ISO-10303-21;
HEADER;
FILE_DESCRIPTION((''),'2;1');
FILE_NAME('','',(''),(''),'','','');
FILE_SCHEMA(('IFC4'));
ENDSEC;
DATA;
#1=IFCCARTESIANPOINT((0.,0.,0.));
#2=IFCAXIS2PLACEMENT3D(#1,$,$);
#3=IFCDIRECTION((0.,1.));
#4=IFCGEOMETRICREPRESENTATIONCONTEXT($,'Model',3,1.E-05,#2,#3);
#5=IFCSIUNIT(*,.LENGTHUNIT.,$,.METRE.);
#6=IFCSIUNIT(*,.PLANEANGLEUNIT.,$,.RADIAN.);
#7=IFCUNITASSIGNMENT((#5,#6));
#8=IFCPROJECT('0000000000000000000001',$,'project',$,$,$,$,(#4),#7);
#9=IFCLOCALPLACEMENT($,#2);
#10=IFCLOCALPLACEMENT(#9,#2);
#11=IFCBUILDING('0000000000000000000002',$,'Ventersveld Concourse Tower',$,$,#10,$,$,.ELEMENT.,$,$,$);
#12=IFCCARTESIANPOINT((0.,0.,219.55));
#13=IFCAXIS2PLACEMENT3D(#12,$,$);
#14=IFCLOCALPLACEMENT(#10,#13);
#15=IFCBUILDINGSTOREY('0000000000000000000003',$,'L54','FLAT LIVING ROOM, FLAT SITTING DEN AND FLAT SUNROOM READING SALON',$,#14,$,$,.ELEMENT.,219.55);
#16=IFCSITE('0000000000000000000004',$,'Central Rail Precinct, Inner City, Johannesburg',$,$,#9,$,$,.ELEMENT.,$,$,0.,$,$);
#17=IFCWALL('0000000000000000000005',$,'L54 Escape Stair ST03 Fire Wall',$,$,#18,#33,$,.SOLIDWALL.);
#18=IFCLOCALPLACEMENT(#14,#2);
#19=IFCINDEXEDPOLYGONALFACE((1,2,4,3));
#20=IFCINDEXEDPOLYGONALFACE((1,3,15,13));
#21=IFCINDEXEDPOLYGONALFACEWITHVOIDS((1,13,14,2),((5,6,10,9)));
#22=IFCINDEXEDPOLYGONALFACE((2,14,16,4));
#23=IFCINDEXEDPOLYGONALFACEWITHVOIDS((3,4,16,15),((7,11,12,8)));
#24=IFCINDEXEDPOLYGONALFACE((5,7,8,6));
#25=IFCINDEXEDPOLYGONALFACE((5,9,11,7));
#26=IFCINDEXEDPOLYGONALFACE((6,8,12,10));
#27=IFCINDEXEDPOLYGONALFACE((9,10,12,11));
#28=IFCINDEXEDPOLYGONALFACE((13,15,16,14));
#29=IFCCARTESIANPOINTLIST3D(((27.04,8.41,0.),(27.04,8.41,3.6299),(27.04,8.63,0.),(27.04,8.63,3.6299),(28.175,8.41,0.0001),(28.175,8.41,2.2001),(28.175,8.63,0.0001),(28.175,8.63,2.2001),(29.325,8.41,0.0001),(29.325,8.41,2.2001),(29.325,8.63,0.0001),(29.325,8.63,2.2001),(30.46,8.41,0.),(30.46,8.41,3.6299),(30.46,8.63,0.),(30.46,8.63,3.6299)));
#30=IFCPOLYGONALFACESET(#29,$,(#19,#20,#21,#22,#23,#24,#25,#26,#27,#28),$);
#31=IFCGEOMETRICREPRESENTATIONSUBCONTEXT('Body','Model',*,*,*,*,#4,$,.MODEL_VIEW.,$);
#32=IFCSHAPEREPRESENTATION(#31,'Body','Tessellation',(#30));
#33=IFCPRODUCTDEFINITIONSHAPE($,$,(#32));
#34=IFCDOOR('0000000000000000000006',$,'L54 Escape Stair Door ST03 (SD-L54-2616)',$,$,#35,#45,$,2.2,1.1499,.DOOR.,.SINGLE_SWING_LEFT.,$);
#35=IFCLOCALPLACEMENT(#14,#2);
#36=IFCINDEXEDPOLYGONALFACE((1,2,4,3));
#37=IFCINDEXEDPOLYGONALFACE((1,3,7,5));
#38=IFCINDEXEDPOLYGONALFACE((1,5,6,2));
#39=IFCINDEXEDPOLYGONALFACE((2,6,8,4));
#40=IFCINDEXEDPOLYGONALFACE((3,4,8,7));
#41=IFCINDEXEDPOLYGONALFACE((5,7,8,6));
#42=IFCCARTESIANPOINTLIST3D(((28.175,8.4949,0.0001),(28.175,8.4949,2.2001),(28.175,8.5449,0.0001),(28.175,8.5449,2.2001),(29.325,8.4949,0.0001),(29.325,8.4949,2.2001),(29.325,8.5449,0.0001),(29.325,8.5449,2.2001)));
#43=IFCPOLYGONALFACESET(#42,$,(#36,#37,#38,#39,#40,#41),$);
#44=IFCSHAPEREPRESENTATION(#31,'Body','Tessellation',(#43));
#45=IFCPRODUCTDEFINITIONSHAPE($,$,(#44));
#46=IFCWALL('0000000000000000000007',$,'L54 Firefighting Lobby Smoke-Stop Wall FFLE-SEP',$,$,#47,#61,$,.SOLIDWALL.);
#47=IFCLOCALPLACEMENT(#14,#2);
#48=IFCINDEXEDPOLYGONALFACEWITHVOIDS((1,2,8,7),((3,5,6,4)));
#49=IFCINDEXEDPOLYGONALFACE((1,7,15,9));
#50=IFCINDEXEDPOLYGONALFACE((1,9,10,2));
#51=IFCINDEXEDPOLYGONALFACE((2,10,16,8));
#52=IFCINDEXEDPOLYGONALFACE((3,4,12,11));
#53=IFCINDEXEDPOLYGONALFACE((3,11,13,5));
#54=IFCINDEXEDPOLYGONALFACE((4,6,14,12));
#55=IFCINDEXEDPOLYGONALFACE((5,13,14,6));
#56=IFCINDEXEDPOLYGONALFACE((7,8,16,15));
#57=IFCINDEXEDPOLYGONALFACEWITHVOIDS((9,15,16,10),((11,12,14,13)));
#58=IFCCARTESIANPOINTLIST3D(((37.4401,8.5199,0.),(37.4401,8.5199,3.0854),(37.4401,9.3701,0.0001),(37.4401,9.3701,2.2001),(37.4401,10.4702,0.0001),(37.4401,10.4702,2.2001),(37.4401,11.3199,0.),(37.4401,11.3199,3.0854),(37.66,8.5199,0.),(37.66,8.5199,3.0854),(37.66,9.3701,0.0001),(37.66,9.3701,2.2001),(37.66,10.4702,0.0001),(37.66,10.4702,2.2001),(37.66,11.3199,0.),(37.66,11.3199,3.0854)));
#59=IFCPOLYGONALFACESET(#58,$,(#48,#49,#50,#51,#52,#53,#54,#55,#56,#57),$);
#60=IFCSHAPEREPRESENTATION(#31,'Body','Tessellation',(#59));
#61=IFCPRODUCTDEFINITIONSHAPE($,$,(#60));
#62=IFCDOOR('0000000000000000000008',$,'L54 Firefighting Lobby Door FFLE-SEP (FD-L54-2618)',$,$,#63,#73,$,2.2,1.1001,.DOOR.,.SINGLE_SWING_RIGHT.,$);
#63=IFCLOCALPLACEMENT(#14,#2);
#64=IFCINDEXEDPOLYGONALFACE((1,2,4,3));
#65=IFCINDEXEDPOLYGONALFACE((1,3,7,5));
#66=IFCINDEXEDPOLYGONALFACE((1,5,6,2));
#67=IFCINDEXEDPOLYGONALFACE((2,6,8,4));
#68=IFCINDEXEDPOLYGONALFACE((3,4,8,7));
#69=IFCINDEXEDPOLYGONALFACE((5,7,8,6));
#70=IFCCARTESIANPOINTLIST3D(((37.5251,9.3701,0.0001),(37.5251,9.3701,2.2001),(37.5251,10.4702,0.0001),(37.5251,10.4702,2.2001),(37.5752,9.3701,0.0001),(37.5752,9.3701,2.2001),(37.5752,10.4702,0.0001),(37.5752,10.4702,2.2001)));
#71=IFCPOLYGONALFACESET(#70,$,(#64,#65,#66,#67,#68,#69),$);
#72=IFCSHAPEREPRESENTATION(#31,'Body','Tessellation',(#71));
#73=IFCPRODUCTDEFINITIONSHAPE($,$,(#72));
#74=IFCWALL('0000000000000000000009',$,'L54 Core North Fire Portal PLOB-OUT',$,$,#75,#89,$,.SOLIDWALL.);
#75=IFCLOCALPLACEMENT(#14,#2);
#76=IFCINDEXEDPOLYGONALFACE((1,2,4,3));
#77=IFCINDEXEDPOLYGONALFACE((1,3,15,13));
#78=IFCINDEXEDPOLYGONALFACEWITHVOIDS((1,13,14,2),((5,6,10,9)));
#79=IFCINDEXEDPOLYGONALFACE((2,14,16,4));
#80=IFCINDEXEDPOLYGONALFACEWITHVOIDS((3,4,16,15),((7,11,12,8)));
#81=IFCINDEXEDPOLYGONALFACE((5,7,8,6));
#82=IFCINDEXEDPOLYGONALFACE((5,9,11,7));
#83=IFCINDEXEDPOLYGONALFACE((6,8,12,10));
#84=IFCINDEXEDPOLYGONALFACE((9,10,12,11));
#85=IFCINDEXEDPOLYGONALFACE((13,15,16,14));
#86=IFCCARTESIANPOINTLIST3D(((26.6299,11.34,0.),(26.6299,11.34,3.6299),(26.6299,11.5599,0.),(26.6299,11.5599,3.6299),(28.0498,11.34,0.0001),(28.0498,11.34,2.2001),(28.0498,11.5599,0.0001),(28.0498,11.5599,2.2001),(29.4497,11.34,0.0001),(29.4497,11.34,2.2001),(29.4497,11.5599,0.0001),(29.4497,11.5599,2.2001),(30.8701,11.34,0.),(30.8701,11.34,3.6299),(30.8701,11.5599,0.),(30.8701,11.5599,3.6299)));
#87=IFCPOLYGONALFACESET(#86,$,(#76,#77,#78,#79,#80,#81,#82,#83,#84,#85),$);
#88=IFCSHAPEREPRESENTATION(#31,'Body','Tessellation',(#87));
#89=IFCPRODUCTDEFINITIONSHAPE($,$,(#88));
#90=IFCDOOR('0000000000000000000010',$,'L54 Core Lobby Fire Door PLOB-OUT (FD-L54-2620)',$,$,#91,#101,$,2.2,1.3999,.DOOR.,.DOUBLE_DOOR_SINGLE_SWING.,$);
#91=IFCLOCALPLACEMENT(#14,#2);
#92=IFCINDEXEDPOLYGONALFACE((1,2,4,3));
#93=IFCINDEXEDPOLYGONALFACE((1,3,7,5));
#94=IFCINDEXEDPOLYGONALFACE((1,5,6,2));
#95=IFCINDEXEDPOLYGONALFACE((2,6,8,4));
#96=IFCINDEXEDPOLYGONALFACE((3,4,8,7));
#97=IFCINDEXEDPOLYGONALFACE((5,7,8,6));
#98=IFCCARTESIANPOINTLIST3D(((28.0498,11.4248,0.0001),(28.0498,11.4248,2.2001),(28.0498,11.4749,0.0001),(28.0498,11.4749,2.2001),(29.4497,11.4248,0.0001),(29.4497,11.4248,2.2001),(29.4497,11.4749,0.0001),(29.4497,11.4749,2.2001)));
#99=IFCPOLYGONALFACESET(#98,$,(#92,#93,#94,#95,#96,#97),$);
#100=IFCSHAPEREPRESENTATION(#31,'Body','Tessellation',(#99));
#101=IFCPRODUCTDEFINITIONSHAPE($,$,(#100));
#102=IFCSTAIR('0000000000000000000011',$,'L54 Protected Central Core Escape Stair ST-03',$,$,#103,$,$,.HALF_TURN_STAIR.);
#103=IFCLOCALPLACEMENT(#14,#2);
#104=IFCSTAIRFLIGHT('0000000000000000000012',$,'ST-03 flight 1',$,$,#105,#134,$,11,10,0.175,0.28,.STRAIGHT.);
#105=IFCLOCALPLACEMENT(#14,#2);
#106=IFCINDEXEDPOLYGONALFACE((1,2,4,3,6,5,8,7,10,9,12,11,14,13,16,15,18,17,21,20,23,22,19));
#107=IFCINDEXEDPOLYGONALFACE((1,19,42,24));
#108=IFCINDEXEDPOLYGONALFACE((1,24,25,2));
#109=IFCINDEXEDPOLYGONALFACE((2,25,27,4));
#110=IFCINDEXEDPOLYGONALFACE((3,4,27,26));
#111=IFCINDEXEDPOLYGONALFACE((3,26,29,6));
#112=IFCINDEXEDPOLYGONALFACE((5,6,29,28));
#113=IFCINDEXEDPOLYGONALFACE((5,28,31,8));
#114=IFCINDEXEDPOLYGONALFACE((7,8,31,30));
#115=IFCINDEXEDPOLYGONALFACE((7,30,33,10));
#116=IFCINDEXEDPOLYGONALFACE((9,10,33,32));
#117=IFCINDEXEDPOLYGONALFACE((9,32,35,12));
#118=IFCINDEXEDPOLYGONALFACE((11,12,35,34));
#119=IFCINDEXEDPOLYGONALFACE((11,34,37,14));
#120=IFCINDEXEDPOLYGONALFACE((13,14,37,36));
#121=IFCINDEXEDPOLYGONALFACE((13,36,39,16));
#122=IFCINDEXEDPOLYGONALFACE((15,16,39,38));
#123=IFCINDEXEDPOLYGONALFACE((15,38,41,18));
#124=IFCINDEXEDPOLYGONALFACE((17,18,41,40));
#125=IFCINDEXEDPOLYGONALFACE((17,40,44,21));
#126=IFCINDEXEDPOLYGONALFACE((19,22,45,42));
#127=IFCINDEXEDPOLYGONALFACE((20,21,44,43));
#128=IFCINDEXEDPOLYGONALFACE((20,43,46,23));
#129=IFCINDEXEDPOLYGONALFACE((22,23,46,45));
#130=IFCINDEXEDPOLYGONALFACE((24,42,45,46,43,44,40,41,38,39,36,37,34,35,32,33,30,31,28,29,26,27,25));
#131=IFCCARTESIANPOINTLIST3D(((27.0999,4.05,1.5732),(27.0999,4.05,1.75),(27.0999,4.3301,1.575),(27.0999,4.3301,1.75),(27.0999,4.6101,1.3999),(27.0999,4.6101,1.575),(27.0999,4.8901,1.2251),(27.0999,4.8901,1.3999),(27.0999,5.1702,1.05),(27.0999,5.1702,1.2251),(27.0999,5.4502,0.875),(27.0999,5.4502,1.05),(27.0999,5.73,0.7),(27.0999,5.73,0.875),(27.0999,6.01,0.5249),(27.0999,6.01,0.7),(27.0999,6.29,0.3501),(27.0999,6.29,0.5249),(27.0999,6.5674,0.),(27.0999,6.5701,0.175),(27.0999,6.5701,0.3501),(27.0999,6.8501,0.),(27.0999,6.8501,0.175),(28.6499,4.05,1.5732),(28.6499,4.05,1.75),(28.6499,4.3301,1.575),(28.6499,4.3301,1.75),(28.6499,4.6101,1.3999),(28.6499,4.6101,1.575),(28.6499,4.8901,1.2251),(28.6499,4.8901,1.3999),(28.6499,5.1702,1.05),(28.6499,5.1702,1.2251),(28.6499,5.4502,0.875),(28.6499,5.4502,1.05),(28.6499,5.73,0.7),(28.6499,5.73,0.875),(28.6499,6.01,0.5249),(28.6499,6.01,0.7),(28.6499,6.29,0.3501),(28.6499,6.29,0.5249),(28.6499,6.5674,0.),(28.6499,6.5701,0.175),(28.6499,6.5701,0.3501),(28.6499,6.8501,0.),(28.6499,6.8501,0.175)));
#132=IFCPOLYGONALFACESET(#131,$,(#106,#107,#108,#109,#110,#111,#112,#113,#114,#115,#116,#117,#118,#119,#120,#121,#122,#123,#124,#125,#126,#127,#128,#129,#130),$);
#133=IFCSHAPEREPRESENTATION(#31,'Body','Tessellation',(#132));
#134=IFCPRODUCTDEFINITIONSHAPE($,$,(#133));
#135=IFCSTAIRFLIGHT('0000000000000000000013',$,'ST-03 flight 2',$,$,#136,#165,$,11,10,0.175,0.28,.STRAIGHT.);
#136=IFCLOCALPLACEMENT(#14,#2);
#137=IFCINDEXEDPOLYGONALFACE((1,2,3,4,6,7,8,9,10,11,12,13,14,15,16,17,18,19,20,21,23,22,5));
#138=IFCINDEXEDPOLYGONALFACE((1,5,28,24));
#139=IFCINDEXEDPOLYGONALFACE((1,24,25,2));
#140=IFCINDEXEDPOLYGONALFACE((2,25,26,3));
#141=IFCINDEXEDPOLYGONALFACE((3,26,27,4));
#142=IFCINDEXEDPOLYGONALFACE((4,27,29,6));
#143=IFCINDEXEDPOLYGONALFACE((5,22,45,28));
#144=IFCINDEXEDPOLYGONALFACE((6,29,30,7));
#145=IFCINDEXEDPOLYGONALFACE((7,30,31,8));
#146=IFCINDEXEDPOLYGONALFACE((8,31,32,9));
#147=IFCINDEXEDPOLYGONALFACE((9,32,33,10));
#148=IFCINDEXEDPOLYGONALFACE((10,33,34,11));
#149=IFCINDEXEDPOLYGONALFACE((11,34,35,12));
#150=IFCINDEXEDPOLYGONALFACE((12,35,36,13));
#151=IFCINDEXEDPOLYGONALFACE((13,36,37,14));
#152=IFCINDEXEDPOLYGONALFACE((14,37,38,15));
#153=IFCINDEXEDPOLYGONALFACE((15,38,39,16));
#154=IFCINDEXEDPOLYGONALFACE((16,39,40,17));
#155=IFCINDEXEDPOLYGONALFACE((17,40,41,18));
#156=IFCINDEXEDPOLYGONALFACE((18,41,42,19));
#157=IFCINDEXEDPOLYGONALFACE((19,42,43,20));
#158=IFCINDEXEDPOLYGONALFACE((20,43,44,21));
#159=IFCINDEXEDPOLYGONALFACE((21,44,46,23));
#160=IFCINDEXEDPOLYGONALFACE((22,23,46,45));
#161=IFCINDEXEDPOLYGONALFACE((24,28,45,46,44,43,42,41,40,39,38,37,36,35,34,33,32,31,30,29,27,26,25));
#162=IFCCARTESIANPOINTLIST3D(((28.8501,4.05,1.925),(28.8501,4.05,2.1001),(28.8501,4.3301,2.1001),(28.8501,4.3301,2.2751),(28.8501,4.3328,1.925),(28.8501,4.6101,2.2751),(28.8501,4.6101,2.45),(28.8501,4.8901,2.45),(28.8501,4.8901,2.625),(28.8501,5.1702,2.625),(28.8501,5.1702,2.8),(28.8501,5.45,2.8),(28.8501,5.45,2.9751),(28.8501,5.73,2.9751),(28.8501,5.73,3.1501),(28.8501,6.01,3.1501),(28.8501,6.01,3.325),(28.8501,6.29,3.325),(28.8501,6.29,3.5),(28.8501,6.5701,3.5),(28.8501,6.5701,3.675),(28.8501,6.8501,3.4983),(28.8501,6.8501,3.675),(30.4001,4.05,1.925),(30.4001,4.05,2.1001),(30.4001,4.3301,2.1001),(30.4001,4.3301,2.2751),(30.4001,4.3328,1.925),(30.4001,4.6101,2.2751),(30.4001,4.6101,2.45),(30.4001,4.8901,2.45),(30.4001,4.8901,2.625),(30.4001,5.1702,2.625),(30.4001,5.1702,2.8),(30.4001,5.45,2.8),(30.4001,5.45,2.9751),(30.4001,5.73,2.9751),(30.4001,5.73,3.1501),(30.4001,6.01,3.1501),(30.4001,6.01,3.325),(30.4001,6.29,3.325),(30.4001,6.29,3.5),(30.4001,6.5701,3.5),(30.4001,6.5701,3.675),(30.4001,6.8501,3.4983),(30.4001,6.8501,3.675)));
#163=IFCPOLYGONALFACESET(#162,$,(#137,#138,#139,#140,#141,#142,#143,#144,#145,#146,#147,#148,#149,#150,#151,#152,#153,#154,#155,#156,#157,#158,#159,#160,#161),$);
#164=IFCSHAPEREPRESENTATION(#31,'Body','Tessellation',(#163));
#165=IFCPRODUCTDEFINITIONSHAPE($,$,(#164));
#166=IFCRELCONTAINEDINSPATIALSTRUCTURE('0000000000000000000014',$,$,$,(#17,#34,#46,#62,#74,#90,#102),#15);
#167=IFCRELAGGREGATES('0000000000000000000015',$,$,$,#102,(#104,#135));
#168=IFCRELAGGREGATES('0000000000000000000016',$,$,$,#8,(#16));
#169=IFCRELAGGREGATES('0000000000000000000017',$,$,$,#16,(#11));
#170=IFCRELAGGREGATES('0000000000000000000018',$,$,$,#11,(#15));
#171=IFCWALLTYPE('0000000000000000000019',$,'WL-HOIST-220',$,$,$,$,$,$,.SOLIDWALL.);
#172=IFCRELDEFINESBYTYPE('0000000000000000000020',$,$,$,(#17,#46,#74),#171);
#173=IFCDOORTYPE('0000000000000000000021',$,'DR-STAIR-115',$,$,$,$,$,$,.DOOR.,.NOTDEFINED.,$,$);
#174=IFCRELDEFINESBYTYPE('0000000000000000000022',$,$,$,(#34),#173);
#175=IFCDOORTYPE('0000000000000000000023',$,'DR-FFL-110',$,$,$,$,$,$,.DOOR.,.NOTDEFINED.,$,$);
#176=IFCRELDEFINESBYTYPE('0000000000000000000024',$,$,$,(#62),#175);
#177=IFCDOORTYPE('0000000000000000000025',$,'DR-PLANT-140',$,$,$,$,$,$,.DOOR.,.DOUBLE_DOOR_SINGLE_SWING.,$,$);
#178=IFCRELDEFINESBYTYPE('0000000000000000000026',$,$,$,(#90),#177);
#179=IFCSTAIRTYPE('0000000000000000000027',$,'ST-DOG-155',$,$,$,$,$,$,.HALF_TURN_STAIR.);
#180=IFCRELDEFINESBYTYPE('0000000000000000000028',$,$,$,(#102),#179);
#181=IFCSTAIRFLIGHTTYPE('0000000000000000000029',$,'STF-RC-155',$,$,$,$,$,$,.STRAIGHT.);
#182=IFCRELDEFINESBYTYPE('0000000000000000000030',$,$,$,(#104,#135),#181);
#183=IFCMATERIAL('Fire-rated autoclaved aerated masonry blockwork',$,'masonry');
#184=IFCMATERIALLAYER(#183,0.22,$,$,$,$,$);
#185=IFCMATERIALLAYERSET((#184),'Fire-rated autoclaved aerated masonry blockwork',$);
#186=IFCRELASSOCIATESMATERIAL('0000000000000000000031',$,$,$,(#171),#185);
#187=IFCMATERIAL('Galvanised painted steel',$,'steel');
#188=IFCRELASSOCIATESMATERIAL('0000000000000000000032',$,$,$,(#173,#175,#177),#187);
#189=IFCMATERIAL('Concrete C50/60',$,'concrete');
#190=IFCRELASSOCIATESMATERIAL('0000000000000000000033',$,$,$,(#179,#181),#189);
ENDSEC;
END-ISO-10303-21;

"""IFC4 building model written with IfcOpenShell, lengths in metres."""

from ifc_helpers import new_model, si_unit, direction, frame, frame_2d, origin, place, context, subcontext, project, spatial, polyline, rectangle, outline, extrude, material, layer, layer_set, type_object, element, fill, aggregate, save


model = new_model("IFC4")

# Units and contexts
model_context = context("Model", 3, precision=1e-05, world=origin(), true_north=direction((0.0, 1.0)))
body_context = subcontext(model_context, "Body", "Model", "MODEL_VIEW")
ifc_project = project(units=[si_unit("LENGTHUNIT", "METRE"), si_unit("PLANEANGLEUNIT", "RADIAN")], contexts=[model_context])

# Site, building, storey
site_placement = place(None, origin())
site = spatial("IfcSite", under=ifc_project, at=site_placement, Name="Central Rail Precinct, Inner City, Johannesburg", CompositionType="ELEMENT", RefElevation=0.0)
building_placement = place(site_placement, origin())
building = spatial("IfcBuilding", under=site, at=building_placement, Name="Ventersveld Concourse Tower", CompositionType="ELEMENT")
storey_placement = place(building_placement, frame((0.0, 0.0, 219.55)))
storey = spatial("IfcBuildingStorey", under=building, at=storey_placement, Name="L54", Description="FLAT LIVING ROOM, FLAT SITTING DEN AND FLAT SUNROOM READING SALON", CompositionType="ELEMENT", Elevation=219.55)

# Shared definitions
ifc_material_1 = material(Name="Concrete C50/60", Category="concrete")

# Shared definitions
ifc_material_2 = material(Name="Fire-rated autoclaved aerated masonry blockwork", Category="masonry")
ifc_layer_1 = layer(ifc_material_2, 0.22)
ifc_layer_set_1 = layer_set([ifc_layer_1], Name="Fire-rated autoclaved aerated masonry blockwork")
wall_type_1 = type_object("IfcWallType", Name="WL-HOIST-220", PredefinedType="SOLIDWALL", material=ifc_layer_set_1)

# Walls, openings, doors
wall_1_placement = place(storey_placement, frame((27.04, 8.52, 0.0), z_axis=(0.0, 0.0, 1.0), x_axis=(1.0, 0.0, 0.0)))
wall_1 = element("IfcWall", 1, at=wall_1_placement, inside=storey, type_object=wall_type_1, Name="L54 Escape Stair ST03 Fire Wall", PredefinedType="SOLIDWALL", context=body_context, shape_type="SweptSolid", body=[
    extrude(rectangle(XDim=3.4199, YDim=0.22, at=frame_2d((1.71, 0.0))), origin(), (0.0, 0.0, 1.0), 3.6299),
])
opening_1_placement = place(wall_1_placement, frame((1.135, 0.0, 0.0)))
opening_1 = element("IfcOpeningElement", 2, at=opening_1_placement, cuts=wall_1, PredefinedType="OPENING", context=body_context, shape_type="SweptSolid", body=[
    extrude(rectangle(XDim=1.1499, YDim=2.2, at=frame_2d((0.575, 1.1001))), frame((0.0, 0.1201, 0.0), z_axis=(0.0, -1.0, 0.0), x_axis=(1.0, 0.0, 0.0)), (0.0, 0.0, 1.0), 0.24),
])
ifc_material_3 = material(Name="Galvanised painted steel", Category="steel")
door_type_1 = type_object("IfcDoorType", Name="DR-STAIR-115", OperationType="NOTDEFINED", PredefinedType="DOOR", material=ifc_material_3)
door_1_placement = place(opening_1_placement, origin())
door_1 = element("IfcDoor", 3, at=door_1_placement, inside=storey, type_object=door_type_1, Name="L54 Escape Stair Door ST03 (SD-L54-2616)", OperationType="SINGLE_SWING_LEFT", OverallHeight=2.2, OverallWidth=1.1499, PredefinedType="DOOR", context=body_context, shape_type="SweptSolid", body=[
    extrude(rectangle(XDim=1.1499, YDim=2.2, at=frame_2d((0.575, 1.1001))), frame((0.0, 0.0249, 0.0), z_axis=(0.0, -1.0, 0.0), x_axis=(1.0, 0.0, 0.0)), (0.0, 0.0, 1.0), 0.05),
])
fill(opening_1, door_1)
wall_2_placement = place(storey_placement, frame((37.55, 8.52, 0.0), z_axis=(0.0, 0.0, 1.0), x_axis=(0.0, 1.0, 0.0)))
wall_2 = element("IfcWall", 4, at=wall_2_placement, inside=storey, type_object=wall_type_1, Name="L54 Firefighting Lobby Smoke-Stop Wall FFLE-SEP", PredefinedType="SOLIDWALL", context=body_context, shape_type="SweptSolid", body=[
    extrude(rectangle(XDim=2.8, YDim=0.22, at=frame_2d((1.3999, 0.0))), origin(), (0.0, 0.0, 1.0), 3.0854),
])
opening_2_placement = place(wall_2_placement, frame((0.8501, 0.0, 0.0)))
opening_2 = element("IfcOpeningElement", 5, at=opening_2_placement, cuts=wall_2, PredefinedType="OPENING", context=body_context, shape_type="SweptSolid", body=[
    extrude(rectangle(XDim=1.1001, YDim=2.2, at=frame_2d((0.55, 1.1001))), frame((0.0, 0.1201, 0.0), z_axis=(0.0, -1.0, 0.0), x_axis=(1.0, 0.0, 0.0)), (0.0, 0.0, 1.0), 0.24),
])
door_type_2 = type_object("IfcDoorType", Name="DR-FFL-110", OperationType="NOTDEFINED", PredefinedType="DOOR", material=ifc_material_3)
door_2_placement = place(opening_2_placement, origin())
door_2 = element("IfcDoor", 6, at=door_2_placement, inside=storey, type_object=door_type_2, Name="L54 Firefighting Lobby Door FFLE-SEP (FD-L54-2618)", OperationType="SINGLE_SWING_RIGHT", OverallHeight=2.2, OverallWidth=1.1001, PredefinedType="DOOR", context=body_context, shape_type="SweptSolid", body=[
    extrude(rectangle(XDim=1.1001, YDim=2.2, at=frame_2d((0.55, 1.1001))), frame((0.0, 0.0249, 0.0), z_axis=(0.0, -1.0, 0.0), x_axis=(1.0, 0.0, 0.0)), (0.0, 0.0, 1.0), 0.05),
])
fill(opening_2, door_2)
wall_3_placement = place(storey_placement, frame((26.6299, 11.45, 0.0), z_axis=(0.0, 0.0, 1.0), x_axis=(1.0, 0.0, 0.0)))
wall_3 = element("IfcWall", 7, at=wall_3_placement, inside=storey, type_object=wall_type_1, Name="L54 Core North Fire Portal PLOB-OUT", PredefinedType="SOLIDWALL", context=body_context, shape_type="SweptSolid", body=[
    extrude(rectangle(XDim=4.2402, YDim=0.22, at=frame_2d((2.1201, 0.0))), origin(), (0.0, 0.0, 1.0), 3.6299),
])
opening_3_placement = place(wall_3_placement, frame((1.4199, 0.0, 0.0)))
opening_3 = element("IfcOpeningElement", 8, at=opening_3_placement, cuts=wall_3, PredefinedType="OPENING", context=body_context, shape_type="SweptSolid", body=[
    extrude(rectangle(XDim=1.3999, YDim=2.2, at=frame_2d((0.7, 1.1001))), frame((0.0, 0.1201, 0.0), z_axis=(0.0, -1.0, 0.0), x_axis=(1.0, 0.0, 0.0)), (0.0, 0.0, 1.0), 0.24),
])
door_type_3 = type_object("IfcDoorType", Name="DR-PLANT-140", OperationType="DOUBLE_DOOR_SINGLE_SWING", PredefinedType="DOOR", material=ifc_material_3)
door_3_placement = place(opening_3_placement, origin())
door_3 = element("IfcDoor", 9, at=door_3_placement, inside=storey, type_object=door_type_3, Name="L54 Core Lobby Fire Door PLOB-OUT (FD-L54-2620)", OperationType="DOUBLE_DOOR_SINGLE_SWING", OverallHeight=2.2, OverallWidth=1.3999, PredefinedType="DOOR", context=body_context, shape_type="SweptSolid", body=[
    extrude(rectangle(XDim=1.3999, YDim=2.2, at=frame_2d((0.7, 1.1001))), frame((0.0, 0.0249, 0.0), z_axis=(0.0, -1.0, 0.0), x_axis=(1.0, 0.0, 0.0)), (0.0, 0.0, 1.0), 0.05),
])
fill(opening_3, door_3)

# Stair, stair flights
stair_type = type_object("IfcStairType", Name="ST-DOG-155", PredefinedType="HALF_TURN_STAIR", material=ifc_material_1)
stair_placement = place(storey_placement, origin())
stair = element("IfcStair", 10, at=stair_placement, inside=storey, type_object=stair_type, Name="L54 Protected Central Core Escape Stair ST-03", PredefinedType="HALF_TURN_STAIR")
stair_flight_type = type_object("IfcStairFlightType", Name="STF-RC-155", PredefinedType="STRAIGHT", material=ifc_material_1)
stair_flight_1_placement = place(storey_placement, frame((27.875, 6.8501, 0.0), z_axis=(0.0, 0.0, 1.0), x_axis=(0.0, -1.0, 0.0)))
stair_flight_1 = element("IfcStairFlight", 11, at=stair_flight_1_placement, type_object=stair_flight_type, Name="ST-03 flight 1", NumberOfRisers=11, NumberOfTreads=10, PredefinedType="STRAIGHT", RiserHeight=0.175, TreadLength=0.28, context=body_context, shape_type="SweptSolid", body=[
    extrude(outline(polyline([(0.0, 0.0), (0.0, 0.175), (0.28, 0.175), (0.28, 0.3501), (0.5601, 0.3501), (0.5601, 0.5249), (0.8401, 0.5249), (0.8401, 0.7), (1.1201, 0.7), (1.1201, 0.875), (1.3999, 0.875), (1.3999, 1.05), (1.6799, 1.05), (1.6799, 1.2251), (1.96, 1.2251), (1.96, 1.3999), (2.24, 1.3999), (2.24, 1.575), (2.52, 1.575), (2.52, 1.75), (2.8, 1.75), (2.8, 1.925), (2.8, 1.5732), (0.2827, 0.0), (0.0, 0.0)])), frame((0.0, 0.7749, 0.0), z_axis=(0.0, -1.0, 0.0), x_axis=(1.0, 0.0, 0.0)), (0.0, 0.0, 1.0), 1.55),
])
stair_flight_2_placement = place(storey_placement, frame((29.625, 4.05, 1.925), z_axis=(0.0, 0.0, 1.0), x_axis=(0.0, 1.0, 0.0)))
stair_flight_2 = element("IfcStairFlight", 12, at=stair_flight_2_placement, type_object=stair_flight_type, Name="ST-03 flight 2", NumberOfRisers=11, NumberOfTreads=10, PredefinedType="STRAIGHT", RiserHeight=0.175, TreadLength=0.28, context=body_context, shape_type="SweptSolid", body=[
    extrude(outline(polyline([(0.0, 0.0), (0.0, 0.175), (0.28, 0.175), (0.28, 0.3501), (0.5601, 0.3501), (0.5601, 0.5249), (0.8401, 0.5249), (0.8401, 0.7), (1.1201, 0.7), (1.1201, 0.875), (1.3999, 0.875), (1.3999, 1.05), (1.6799, 1.05), (1.6799, 1.2251), (1.96, 1.2251), (1.96, 1.3999), (2.24, 1.3999), (2.24, 1.575), (2.52, 1.575), (2.52, 1.75), (2.8, 1.75), (2.8, 1.925), (2.8, 1.5732), (0.2827, 0.0), (0.0, 0.0)])), frame((0.0, 0.7749, 0.0), z_axis=(0.0, -1.0, 0.0), x_axis=(1.0, 0.0, 0.0)), (0.0, 0.0, 1.0), 1.55),
])
aggregate(stair, [stair_flight_1, stair_flight_2])

save(model, "model.ifc")
